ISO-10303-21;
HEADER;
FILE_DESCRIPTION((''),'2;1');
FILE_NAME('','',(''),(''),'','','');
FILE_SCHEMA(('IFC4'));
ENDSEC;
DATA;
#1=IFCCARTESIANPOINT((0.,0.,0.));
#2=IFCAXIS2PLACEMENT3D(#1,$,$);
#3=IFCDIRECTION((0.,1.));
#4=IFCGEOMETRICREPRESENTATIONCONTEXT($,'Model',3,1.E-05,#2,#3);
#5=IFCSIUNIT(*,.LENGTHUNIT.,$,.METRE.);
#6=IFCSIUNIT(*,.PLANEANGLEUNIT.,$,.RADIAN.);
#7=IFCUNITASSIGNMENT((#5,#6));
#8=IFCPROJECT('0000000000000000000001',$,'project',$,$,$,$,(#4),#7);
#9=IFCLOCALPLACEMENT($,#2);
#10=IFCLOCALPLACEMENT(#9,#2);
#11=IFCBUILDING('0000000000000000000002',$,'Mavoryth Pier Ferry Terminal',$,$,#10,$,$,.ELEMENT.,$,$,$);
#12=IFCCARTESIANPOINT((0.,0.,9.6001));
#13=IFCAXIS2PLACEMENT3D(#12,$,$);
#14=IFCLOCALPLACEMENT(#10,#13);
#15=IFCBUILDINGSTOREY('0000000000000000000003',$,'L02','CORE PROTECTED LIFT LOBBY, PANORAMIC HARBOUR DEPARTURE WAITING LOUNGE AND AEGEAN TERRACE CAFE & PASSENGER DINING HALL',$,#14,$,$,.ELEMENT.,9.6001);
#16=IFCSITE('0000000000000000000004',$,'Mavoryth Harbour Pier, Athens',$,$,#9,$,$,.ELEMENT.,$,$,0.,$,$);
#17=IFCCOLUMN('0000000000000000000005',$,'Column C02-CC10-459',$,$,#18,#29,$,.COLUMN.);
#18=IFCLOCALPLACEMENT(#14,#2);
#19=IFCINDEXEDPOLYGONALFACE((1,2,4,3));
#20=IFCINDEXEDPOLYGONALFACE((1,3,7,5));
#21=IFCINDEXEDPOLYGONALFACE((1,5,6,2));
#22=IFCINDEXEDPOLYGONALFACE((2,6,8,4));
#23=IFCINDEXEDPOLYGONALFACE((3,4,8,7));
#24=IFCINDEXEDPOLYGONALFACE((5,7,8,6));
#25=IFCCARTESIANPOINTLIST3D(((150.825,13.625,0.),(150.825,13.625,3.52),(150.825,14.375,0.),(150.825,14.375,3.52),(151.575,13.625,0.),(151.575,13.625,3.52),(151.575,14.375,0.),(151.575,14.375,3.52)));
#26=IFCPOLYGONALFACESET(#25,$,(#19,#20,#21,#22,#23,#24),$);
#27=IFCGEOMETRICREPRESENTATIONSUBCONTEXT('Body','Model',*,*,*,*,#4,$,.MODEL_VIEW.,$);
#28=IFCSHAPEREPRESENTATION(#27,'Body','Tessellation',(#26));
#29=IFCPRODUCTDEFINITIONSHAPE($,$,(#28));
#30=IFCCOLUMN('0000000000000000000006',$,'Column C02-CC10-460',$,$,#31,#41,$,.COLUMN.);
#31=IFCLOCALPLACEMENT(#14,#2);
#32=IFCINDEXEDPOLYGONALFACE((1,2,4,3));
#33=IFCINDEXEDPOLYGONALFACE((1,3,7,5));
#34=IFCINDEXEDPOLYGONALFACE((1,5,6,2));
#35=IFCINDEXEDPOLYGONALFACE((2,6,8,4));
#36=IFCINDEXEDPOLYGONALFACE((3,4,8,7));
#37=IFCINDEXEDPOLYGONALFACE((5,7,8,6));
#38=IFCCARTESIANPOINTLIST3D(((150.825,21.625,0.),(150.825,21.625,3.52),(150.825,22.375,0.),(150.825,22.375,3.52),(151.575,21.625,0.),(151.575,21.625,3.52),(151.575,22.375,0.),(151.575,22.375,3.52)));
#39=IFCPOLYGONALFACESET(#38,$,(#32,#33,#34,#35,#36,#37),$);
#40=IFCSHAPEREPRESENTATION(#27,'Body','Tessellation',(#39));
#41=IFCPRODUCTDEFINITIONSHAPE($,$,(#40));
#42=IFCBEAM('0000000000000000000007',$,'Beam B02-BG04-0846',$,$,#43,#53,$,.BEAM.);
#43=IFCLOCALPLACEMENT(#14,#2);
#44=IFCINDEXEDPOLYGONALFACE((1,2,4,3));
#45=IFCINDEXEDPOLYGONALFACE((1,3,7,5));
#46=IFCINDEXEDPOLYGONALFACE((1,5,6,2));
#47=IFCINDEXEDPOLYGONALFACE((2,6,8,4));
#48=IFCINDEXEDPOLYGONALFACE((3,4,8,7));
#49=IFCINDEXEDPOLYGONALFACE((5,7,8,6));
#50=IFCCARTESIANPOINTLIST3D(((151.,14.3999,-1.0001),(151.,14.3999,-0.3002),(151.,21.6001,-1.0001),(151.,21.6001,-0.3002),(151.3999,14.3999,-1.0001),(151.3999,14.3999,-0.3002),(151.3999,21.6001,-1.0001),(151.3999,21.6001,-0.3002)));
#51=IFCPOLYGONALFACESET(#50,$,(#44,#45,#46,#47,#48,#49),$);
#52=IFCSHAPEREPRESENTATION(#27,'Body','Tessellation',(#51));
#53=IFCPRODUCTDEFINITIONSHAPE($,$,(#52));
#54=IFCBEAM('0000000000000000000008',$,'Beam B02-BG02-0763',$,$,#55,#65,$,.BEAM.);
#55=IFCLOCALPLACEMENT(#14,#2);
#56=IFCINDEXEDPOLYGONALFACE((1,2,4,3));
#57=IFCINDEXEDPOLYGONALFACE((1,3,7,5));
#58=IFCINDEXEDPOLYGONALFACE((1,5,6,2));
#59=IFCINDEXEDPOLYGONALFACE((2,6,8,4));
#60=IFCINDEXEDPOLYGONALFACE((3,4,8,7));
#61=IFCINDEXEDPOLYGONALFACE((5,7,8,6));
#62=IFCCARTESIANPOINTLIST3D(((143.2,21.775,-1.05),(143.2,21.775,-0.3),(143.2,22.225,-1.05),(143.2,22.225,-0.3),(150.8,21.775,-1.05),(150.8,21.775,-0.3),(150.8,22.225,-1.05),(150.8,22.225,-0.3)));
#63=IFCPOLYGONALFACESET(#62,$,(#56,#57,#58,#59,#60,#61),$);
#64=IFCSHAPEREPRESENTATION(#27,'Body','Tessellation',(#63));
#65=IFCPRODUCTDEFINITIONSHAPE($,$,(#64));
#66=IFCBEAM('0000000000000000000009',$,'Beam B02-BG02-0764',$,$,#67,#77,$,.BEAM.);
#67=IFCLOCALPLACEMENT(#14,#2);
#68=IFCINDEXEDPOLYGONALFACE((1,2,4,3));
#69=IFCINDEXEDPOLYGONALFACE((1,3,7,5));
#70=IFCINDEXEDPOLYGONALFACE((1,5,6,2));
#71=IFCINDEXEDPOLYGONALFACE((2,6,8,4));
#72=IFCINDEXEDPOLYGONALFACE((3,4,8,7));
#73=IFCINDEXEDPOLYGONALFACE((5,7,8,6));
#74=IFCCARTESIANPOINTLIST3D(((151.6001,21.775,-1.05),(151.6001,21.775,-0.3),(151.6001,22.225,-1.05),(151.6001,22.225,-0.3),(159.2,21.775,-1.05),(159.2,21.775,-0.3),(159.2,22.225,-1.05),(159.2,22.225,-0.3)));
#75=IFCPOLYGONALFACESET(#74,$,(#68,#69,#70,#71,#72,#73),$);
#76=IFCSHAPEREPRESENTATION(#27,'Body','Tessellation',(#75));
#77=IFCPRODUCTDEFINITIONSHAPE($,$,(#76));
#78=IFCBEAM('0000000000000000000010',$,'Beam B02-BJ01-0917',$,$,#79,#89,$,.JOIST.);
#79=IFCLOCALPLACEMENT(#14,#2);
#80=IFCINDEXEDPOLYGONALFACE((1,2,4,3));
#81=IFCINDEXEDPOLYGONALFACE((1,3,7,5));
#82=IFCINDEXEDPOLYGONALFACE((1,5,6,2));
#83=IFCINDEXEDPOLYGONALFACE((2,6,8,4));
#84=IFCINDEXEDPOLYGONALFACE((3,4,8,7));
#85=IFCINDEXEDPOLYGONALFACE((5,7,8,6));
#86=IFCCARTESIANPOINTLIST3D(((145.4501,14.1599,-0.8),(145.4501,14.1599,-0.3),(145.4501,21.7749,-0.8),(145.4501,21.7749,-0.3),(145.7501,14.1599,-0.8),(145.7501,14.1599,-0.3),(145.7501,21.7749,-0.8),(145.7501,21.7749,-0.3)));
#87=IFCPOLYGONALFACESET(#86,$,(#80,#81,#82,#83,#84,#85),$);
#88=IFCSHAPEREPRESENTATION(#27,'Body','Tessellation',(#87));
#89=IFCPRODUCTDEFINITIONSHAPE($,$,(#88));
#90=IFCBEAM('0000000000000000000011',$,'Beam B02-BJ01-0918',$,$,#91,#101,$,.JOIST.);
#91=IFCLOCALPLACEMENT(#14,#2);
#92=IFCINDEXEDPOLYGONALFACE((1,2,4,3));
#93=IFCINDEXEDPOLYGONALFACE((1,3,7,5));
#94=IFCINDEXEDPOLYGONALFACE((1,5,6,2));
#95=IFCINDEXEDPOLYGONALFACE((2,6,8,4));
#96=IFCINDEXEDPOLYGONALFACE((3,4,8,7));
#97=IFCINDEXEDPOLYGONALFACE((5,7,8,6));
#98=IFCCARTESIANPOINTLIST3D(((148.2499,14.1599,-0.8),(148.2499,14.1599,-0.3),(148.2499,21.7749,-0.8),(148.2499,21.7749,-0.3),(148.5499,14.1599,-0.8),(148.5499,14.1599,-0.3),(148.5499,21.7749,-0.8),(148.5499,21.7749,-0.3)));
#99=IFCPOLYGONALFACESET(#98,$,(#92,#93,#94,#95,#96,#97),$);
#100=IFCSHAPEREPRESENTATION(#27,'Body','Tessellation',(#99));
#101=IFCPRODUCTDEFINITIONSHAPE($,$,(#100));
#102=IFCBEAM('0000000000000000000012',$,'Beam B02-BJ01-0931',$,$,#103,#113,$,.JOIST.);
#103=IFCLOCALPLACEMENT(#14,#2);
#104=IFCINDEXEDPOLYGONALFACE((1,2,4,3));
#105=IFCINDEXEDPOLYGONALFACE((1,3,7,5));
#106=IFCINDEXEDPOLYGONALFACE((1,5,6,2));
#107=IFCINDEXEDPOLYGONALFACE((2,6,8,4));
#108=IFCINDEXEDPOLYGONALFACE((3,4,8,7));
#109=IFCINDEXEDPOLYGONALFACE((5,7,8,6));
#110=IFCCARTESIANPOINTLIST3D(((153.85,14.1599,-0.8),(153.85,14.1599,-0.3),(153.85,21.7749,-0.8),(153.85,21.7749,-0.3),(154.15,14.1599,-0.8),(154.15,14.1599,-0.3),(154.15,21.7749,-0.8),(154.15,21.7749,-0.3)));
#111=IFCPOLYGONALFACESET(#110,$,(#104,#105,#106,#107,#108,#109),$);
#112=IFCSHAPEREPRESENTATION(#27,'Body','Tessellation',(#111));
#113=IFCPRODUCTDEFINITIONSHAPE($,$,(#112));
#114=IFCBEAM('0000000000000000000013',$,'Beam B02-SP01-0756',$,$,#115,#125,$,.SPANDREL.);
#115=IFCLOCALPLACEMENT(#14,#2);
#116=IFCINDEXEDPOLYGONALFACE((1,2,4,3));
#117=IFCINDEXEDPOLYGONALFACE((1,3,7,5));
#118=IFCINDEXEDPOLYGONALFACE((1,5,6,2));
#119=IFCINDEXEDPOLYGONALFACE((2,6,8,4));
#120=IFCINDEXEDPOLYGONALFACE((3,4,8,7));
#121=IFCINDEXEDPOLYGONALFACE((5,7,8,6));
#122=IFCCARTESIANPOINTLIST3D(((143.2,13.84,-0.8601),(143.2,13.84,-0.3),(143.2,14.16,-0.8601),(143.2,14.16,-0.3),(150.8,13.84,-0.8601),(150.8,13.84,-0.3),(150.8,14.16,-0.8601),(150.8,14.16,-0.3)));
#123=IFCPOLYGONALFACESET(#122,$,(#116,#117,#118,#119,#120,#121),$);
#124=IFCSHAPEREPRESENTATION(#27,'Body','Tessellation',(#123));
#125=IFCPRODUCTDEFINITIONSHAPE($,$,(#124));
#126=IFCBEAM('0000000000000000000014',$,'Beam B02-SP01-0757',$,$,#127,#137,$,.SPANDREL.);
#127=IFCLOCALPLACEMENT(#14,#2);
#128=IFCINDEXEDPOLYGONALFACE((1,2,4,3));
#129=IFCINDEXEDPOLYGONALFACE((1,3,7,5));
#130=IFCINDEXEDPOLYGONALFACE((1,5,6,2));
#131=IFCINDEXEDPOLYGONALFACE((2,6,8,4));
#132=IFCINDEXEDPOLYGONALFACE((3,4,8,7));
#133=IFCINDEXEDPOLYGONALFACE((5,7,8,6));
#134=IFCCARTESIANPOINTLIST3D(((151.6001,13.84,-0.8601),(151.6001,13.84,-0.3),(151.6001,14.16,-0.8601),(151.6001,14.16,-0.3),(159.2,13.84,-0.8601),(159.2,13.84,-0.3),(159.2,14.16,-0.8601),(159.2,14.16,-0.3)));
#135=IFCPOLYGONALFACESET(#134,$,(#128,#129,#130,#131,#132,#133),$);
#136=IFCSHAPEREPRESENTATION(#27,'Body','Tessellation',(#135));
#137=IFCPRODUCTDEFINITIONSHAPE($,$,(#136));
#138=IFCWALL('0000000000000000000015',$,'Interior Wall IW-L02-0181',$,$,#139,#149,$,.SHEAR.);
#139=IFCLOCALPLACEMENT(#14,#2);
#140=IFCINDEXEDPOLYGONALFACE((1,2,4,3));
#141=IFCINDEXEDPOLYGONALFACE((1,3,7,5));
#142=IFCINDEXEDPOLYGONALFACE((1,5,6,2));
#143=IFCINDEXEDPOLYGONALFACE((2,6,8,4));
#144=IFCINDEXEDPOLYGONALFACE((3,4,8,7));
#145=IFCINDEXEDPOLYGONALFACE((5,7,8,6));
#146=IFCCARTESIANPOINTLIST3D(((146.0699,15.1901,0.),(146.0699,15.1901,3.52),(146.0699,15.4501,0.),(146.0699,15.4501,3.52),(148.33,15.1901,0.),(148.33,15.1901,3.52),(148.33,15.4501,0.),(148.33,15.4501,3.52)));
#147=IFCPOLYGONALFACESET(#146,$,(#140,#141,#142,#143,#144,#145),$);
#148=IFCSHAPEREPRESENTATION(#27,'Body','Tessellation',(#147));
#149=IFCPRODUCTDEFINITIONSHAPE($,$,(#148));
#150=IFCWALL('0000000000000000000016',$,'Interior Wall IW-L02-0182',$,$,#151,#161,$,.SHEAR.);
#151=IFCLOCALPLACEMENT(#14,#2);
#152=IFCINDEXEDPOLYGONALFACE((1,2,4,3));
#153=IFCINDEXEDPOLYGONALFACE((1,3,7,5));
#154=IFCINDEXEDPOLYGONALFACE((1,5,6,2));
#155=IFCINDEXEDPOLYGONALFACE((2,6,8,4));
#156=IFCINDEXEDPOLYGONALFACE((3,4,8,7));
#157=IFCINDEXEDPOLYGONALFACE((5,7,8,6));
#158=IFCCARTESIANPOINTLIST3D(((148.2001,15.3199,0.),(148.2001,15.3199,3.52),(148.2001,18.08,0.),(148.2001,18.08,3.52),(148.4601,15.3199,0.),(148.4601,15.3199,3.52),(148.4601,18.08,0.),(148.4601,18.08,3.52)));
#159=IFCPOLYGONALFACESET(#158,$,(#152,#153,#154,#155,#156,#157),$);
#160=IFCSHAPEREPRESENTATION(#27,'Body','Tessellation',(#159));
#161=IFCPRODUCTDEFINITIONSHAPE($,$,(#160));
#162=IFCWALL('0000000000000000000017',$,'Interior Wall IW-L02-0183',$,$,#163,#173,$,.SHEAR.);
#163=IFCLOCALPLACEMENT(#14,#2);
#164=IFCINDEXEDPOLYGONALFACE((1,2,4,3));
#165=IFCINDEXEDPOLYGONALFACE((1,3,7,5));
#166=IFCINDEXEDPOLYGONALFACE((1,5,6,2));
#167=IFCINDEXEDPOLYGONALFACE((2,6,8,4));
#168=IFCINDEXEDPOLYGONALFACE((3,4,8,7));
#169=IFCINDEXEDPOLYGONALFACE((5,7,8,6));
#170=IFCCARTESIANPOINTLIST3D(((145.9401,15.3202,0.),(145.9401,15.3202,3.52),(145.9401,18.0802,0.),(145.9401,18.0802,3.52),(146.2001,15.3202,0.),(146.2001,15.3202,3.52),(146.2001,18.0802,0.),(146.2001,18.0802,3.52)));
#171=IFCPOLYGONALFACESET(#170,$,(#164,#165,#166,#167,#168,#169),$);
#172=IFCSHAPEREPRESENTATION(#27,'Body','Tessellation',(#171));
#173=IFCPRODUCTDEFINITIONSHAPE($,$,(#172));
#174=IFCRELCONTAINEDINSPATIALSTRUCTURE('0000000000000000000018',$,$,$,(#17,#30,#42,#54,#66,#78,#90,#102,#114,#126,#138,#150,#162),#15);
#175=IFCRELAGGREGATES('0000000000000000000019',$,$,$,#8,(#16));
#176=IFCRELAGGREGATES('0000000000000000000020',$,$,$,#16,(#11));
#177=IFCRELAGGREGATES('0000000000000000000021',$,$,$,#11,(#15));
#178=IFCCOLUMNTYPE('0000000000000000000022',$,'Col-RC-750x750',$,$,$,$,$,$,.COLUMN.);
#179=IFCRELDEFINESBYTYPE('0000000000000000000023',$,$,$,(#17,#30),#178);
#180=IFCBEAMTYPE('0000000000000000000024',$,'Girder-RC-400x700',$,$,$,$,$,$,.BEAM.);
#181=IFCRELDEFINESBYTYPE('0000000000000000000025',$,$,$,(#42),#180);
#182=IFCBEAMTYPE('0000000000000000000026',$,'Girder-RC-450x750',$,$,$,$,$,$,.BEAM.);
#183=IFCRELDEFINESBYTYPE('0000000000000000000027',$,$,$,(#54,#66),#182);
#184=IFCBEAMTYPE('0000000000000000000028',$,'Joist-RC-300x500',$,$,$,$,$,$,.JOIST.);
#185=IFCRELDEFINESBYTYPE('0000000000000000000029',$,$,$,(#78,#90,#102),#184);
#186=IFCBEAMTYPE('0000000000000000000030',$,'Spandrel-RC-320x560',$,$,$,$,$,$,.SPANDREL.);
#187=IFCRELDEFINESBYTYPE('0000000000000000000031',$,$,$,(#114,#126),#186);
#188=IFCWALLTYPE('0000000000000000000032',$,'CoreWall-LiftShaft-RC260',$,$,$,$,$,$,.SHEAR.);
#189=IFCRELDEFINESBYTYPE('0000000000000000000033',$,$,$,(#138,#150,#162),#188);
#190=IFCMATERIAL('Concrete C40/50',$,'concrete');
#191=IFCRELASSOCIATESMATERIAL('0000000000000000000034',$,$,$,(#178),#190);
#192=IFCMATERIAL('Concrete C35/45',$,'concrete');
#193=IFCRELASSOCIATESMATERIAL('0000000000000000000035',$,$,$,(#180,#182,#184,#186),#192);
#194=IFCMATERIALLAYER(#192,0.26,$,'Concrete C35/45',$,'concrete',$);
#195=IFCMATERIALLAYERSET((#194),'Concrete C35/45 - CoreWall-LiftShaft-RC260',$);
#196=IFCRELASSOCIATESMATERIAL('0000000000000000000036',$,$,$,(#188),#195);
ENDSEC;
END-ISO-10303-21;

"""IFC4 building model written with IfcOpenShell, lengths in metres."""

from ifc_helpers import new_model, si_unit, direction, frame, frame_2d, origin, origin_2d, place, context, subcontext, project, spatial, rectangle, extrude, material, layer, layer_set, material_profile, profile_set, type_object, element, save


model = new_model("IFC4")

# Units and contexts
model_context = context("Model", 3, precision=1e-05, world=origin(), true_north=direction((0.0, 1.0)))
body_context = subcontext(model_context, "Body", "Model", "MODEL_VIEW")
ifc_project = project(units=[si_unit("LENGTHUNIT", "METRE"), si_unit("PLANEANGLEUNIT", "RADIAN")], contexts=[model_context])

# Site, building, storey
site_placement = place(None, origin())
site = spatial("IfcSite", under=ifc_project, at=site_placement, Name="Mavoryth Harbour Pier, Athens", CompositionType="ELEMENT", RefElevation=0.0)
building_placement = place(site_placement, origin())
building = spatial("IfcBuilding", under=site, at=building_placement, Name="Mavoryth Pier Ferry Terminal", CompositionType="ELEMENT")
storey_placement = place(building_placement, frame((0.0, 0.0, 9.6001)))
storey = spatial("IfcBuildingStorey", under=building, at=storey_placement, Name="L02", Description="CORE PROTECTED LIFT LOBBY, PANORAMIC HARBOUR DEPARTURE WAITING LOUNGE AND AEGEAN TERRACE CAFE & PASSENGER DINING HALL", CompositionType="ELEMENT", Elevation=9.6001)

# Columns
ifc_material_1 = material(Name="Concrete C40/50", Category="concrete")
ifc_material_profile_1 = material_profile(ifc_material_1, rectangle(XDim=0.75, YDim=0.75, at=origin_2d()), Name="RC 750x750", Category="concrete")
ifc_profile_set_1 = profile_set([ifc_material_profile_1], Name="Concrete C40/50 - RC 750x750")
column_type = type_object("IfcColumnType", Name="Col-RC-750x750", PredefinedType="COLUMN", material=ifc_profile_set_1)
for number, where, z_axis, x_axis, name in (
    (1, (151.2, 14.0, 0.0), (0.0, 0.0, 1.0), (1.0, 0.0, 0.0), "Column C02-CC10-459"),
    (2, (151.2, 22.0, 0.0), (0.0, 0.0, 1.0), (1.0, 0.0, 0.0), "Column C02-CC10-460"),
):
    element("IfcColumn", number, at=place(storey_placement, frame(where, z_axis=z_axis, x_axis=x_axis)), inside=storey, type_object=column_type, Name=name, PredefinedType="COLUMN", context=body_context, shape_type="SweptSolid", body=[
        extrude(rectangle(XDim=0.75, YDim=0.75, at=origin_2d()), origin(), (0.0, 0.0, 1.0), 3.52),
    ])

# Beams
ifc_material_2 = material(Name="Concrete C35/45", Category="concrete")
ifc_material_profile_2 = material_profile(ifc_material_2, rectangle(XDim=0.3999, YDim=0.7, at=origin_2d()), Name="RC 400x700", Category="concrete")
ifc_profile_set_2 = profile_set([ifc_material_profile_2], Name="Concrete C35/45 - RC 400x700")
beam_type_1 = type_object("IfcBeamType", Name="Girder-RC-400x700", PredefinedType="BEAM", material=ifc_profile_set_2)
beam_1_placement = place(storey_placement, frame((151.2, 14.3999, -0.6501), z_axis=(0.0, 1.0, 0.0), x_axis=(-1.0, 0.0, 0.0)))
element("IfcBeam", 3, at=beam_1_placement, inside=storey, type_object=beam_type_1, Name="Beam B02-BG04-0846", PredefinedType="BEAM", context=body_context, shape_type="SweptSolid", body=[
    extrude(rectangle(XDim=0.3999, YDim=0.7, at=origin_2d()), origin(), (0.0, 0.0, 1.0), 7.2002),
])
ifc_material_profile_3 = material_profile(ifc_material_2, rectangle(XDim=0.45, YDim=0.75, at=origin_2d()), Name="RC 450x750", Category="concrete")
ifc_profile_set_3 = profile_set([ifc_material_profile_3], Name="Concrete C35/45 - RC 450x750")
beam_type_2 = type_object("IfcBeamType", Name="Girder-RC-450x750", PredefinedType="BEAM", material=ifc_profile_set_3)
beam_2_placement = place(storey_placement, frame((143.2, 22.0, -0.675), z_axis=(1.0, 0.0, 0.0), x_axis=(0.0, 1.0, 0.0)))
element("IfcBeam", 4, at=beam_2_placement, inside=storey, type_object=beam_type_2, Name="Beam B02-BG02-0763", PredefinedType="BEAM", context=body_context, shape_type="SweptSolid", body=[
    extrude(rectangle(XDim=0.45, YDim=0.75, at=origin_2d()), origin(), (0.0, 0.0, 1.0), 7.6001),
])
beam_3_placement = place(storey_placement, frame((151.6001, 22.0, -0.675), z_axis=(1.0, 0.0, 0.0), x_axis=(0.0, 1.0, 0.0)))
element("IfcBeam", 5, at=beam_3_placement, inside=storey, type_object=beam_type_2, Name="Beam B02-BG02-0764", PredefinedType="BEAM", context=body_context, shape_type="SweptSolid", body=[
    extrude(rectangle(XDim=0.45, YDim=0.75, at=origin_2d()), origin(), (0.0, 0.0, 1.0), 7.5999),
])
ifc_material_profile_4 = material_profile(ifc_material_2, rectangle(XDim=0.3, YDim=0.5, at=origin_2d()), Name="RC 300x500", Category="concrete")
ifc_profile_set_4 = profile_set([ifc_material_profile_4], Name="Concrete C35/45 - RC 300x500")
beam_type_3 = type_object("IfcBeamType", Name="Joist-RC-300x500", PredefinedType="JOIST", material=ifc_profile_set_4)
for number, where, z_axis, x_axis, name in (
    (6, (145.6001, 14.1599, -0.55), (0.0, 1.0, 0.0), (-1.0, 0.0, 0.0), "Beam B02-BJ01-0917"),
    (7, (148.3999, 14.1599, -0.55), (0.0, 1.0, 0.0), (-1.0, 0.0, 0.0), "Beam B02-BJ01-0918"),
    (8, (154.0, 14.1599, -0.55), (0.0, 1.0, 0.0), (-1.0, 0.0, 0.0), "Beam B02-BJ01-0931"),
):
    element("IfcBeam", number, at=place(storey_placement, frame(where, z_axis=z_axis, x_axis=x_axis)), inside=storey, type_object=beam_type_3, Name=name, PredefinedType="JOIST", context=body_context, shape_type="SweptSolid", body=[
        extrude(rectangle(XDim=0.3, YDim=0.5, at=origin_2d()), origin(), (0.0, 0.0, 1.0), 7.615),
    ])
ifc_material_profile_5 = material_profile(ifc_material_2, rectangle(XDim=0.3201, YDim=0.5601, at=origin_2d()), Name="RC 320x560", Category="concrete")
ifc_profile_set_5 = profile_set([ifc_material_profile_5], Name="Concrete C35/45 - RC 320x560")
beam_type_4 = type_object("IfcBeamType", Name="Spandrel-RC-320x560", PredefinedType="SPANDREL", material=ifc_profile_set_5)
beam_4_placement = place(storey_placement, frame((143.2, 14.0, -0.5801), z_axis=(1.0, 0.0, 0.0), x_axis=(0.0, 1.0, 0.0)))
element("IfcBeam", 9, at=beam_4_placement, inside=storey, type_object=beam_type_4, Name="Beam B02-SP01-0756", PredefinedType="SPANDREL", context=body_context, shape_type="SweptSolid", body=[
    extrude(rectangle(XDim=0.3201, YDim=0.5601, at=origin_2d()), origin(), (0.0, 0.0, 1.0), 7.6001),
])
beam_5_placement = place(storey_placement, frame((151.6001, 14.0, -0.5801), z_axis=(1.0, 0.0, 0.0), x_axis=(0.0, 1.0, 0.0)))
element("IfcBeam", 10, at=beam_5_placement, inside=storey, type_object=beam_type_4, Name="Beam B02-SP01-0757", PredefinedType="SPANDREL", context=body_context, shape_type="SweptSolid", body=[
    extrude(rectangle(XDim=0.3201, YDim=0.5601, at=origin_2d()), origin(), (0.0, 0.0, 1.0), 7.5999),
])

# Walls
ifc_layer_1 = layer(ifc_material_2, 0.26, Name="Concrete C35/45", Category="concrete")
ifc_layer_set_1 = layer_set([ifc_layer_1], Name="Concrete C35/45 - CoreWall-LiftShaft-RC260")
wall_type_1 = type_object("IfcWallType", Name="CoreWall-LiftShaft-RC260", PredefinedType="SHEAR", material=ifc_layer_set_1)
wall_1_placement = place(storey_placement, frame((146.0701, 15.3201, 0.0), z_axis=(0.0, 0.0, 1.0), x_axis=(1.0, 0.0, 0.0)))
element("IfcWall", 11, at=wall_1_placement, inside=storey, type_object=wall_type_1, Name="Interior Wall IW-L02-0181", PredefinedType="SHEAR", context=body_context, shape_type="SweptSolid", body=[
    extrude(rectangle(XDim=2.26, YDim=0.26, at=frame_2d((1.1299, 0.0))), origin(), (0.0, 0.0, 1.0), 3.52),
])
for number, where, z_axis, x_axis, name in (
    (12, (148.3301, 15.3201, 0.0), (0.0, 0.0, 1.0), (0.0, 1.0, 0.0), "Interior Wall IW-L02-0182"),
    (13, (146.0701, 18.0801, 0.0), (0.0, 0.0, 1.0), (0.0, -1.0, 0.0), "Interior Wall IW-L02-0183"),
):
    element("IfcWall", number, at=place(storey_placement, frame(where, z_axis=z_axis, x_axis=x_axis)), inside=storey, type_object=wall_type_1, Name=name, PredefinedType="SHEAR", context=body_context, shape_type="SweptSolid", body=[
        extrude(rectangle(XDim=2.76, YDim=0.26, at=frame_2d((1.3799, 0.0))), origin(), (0.0, 0.0, 1.0), 3.52),
    ])

save(model, "model.ifc")
